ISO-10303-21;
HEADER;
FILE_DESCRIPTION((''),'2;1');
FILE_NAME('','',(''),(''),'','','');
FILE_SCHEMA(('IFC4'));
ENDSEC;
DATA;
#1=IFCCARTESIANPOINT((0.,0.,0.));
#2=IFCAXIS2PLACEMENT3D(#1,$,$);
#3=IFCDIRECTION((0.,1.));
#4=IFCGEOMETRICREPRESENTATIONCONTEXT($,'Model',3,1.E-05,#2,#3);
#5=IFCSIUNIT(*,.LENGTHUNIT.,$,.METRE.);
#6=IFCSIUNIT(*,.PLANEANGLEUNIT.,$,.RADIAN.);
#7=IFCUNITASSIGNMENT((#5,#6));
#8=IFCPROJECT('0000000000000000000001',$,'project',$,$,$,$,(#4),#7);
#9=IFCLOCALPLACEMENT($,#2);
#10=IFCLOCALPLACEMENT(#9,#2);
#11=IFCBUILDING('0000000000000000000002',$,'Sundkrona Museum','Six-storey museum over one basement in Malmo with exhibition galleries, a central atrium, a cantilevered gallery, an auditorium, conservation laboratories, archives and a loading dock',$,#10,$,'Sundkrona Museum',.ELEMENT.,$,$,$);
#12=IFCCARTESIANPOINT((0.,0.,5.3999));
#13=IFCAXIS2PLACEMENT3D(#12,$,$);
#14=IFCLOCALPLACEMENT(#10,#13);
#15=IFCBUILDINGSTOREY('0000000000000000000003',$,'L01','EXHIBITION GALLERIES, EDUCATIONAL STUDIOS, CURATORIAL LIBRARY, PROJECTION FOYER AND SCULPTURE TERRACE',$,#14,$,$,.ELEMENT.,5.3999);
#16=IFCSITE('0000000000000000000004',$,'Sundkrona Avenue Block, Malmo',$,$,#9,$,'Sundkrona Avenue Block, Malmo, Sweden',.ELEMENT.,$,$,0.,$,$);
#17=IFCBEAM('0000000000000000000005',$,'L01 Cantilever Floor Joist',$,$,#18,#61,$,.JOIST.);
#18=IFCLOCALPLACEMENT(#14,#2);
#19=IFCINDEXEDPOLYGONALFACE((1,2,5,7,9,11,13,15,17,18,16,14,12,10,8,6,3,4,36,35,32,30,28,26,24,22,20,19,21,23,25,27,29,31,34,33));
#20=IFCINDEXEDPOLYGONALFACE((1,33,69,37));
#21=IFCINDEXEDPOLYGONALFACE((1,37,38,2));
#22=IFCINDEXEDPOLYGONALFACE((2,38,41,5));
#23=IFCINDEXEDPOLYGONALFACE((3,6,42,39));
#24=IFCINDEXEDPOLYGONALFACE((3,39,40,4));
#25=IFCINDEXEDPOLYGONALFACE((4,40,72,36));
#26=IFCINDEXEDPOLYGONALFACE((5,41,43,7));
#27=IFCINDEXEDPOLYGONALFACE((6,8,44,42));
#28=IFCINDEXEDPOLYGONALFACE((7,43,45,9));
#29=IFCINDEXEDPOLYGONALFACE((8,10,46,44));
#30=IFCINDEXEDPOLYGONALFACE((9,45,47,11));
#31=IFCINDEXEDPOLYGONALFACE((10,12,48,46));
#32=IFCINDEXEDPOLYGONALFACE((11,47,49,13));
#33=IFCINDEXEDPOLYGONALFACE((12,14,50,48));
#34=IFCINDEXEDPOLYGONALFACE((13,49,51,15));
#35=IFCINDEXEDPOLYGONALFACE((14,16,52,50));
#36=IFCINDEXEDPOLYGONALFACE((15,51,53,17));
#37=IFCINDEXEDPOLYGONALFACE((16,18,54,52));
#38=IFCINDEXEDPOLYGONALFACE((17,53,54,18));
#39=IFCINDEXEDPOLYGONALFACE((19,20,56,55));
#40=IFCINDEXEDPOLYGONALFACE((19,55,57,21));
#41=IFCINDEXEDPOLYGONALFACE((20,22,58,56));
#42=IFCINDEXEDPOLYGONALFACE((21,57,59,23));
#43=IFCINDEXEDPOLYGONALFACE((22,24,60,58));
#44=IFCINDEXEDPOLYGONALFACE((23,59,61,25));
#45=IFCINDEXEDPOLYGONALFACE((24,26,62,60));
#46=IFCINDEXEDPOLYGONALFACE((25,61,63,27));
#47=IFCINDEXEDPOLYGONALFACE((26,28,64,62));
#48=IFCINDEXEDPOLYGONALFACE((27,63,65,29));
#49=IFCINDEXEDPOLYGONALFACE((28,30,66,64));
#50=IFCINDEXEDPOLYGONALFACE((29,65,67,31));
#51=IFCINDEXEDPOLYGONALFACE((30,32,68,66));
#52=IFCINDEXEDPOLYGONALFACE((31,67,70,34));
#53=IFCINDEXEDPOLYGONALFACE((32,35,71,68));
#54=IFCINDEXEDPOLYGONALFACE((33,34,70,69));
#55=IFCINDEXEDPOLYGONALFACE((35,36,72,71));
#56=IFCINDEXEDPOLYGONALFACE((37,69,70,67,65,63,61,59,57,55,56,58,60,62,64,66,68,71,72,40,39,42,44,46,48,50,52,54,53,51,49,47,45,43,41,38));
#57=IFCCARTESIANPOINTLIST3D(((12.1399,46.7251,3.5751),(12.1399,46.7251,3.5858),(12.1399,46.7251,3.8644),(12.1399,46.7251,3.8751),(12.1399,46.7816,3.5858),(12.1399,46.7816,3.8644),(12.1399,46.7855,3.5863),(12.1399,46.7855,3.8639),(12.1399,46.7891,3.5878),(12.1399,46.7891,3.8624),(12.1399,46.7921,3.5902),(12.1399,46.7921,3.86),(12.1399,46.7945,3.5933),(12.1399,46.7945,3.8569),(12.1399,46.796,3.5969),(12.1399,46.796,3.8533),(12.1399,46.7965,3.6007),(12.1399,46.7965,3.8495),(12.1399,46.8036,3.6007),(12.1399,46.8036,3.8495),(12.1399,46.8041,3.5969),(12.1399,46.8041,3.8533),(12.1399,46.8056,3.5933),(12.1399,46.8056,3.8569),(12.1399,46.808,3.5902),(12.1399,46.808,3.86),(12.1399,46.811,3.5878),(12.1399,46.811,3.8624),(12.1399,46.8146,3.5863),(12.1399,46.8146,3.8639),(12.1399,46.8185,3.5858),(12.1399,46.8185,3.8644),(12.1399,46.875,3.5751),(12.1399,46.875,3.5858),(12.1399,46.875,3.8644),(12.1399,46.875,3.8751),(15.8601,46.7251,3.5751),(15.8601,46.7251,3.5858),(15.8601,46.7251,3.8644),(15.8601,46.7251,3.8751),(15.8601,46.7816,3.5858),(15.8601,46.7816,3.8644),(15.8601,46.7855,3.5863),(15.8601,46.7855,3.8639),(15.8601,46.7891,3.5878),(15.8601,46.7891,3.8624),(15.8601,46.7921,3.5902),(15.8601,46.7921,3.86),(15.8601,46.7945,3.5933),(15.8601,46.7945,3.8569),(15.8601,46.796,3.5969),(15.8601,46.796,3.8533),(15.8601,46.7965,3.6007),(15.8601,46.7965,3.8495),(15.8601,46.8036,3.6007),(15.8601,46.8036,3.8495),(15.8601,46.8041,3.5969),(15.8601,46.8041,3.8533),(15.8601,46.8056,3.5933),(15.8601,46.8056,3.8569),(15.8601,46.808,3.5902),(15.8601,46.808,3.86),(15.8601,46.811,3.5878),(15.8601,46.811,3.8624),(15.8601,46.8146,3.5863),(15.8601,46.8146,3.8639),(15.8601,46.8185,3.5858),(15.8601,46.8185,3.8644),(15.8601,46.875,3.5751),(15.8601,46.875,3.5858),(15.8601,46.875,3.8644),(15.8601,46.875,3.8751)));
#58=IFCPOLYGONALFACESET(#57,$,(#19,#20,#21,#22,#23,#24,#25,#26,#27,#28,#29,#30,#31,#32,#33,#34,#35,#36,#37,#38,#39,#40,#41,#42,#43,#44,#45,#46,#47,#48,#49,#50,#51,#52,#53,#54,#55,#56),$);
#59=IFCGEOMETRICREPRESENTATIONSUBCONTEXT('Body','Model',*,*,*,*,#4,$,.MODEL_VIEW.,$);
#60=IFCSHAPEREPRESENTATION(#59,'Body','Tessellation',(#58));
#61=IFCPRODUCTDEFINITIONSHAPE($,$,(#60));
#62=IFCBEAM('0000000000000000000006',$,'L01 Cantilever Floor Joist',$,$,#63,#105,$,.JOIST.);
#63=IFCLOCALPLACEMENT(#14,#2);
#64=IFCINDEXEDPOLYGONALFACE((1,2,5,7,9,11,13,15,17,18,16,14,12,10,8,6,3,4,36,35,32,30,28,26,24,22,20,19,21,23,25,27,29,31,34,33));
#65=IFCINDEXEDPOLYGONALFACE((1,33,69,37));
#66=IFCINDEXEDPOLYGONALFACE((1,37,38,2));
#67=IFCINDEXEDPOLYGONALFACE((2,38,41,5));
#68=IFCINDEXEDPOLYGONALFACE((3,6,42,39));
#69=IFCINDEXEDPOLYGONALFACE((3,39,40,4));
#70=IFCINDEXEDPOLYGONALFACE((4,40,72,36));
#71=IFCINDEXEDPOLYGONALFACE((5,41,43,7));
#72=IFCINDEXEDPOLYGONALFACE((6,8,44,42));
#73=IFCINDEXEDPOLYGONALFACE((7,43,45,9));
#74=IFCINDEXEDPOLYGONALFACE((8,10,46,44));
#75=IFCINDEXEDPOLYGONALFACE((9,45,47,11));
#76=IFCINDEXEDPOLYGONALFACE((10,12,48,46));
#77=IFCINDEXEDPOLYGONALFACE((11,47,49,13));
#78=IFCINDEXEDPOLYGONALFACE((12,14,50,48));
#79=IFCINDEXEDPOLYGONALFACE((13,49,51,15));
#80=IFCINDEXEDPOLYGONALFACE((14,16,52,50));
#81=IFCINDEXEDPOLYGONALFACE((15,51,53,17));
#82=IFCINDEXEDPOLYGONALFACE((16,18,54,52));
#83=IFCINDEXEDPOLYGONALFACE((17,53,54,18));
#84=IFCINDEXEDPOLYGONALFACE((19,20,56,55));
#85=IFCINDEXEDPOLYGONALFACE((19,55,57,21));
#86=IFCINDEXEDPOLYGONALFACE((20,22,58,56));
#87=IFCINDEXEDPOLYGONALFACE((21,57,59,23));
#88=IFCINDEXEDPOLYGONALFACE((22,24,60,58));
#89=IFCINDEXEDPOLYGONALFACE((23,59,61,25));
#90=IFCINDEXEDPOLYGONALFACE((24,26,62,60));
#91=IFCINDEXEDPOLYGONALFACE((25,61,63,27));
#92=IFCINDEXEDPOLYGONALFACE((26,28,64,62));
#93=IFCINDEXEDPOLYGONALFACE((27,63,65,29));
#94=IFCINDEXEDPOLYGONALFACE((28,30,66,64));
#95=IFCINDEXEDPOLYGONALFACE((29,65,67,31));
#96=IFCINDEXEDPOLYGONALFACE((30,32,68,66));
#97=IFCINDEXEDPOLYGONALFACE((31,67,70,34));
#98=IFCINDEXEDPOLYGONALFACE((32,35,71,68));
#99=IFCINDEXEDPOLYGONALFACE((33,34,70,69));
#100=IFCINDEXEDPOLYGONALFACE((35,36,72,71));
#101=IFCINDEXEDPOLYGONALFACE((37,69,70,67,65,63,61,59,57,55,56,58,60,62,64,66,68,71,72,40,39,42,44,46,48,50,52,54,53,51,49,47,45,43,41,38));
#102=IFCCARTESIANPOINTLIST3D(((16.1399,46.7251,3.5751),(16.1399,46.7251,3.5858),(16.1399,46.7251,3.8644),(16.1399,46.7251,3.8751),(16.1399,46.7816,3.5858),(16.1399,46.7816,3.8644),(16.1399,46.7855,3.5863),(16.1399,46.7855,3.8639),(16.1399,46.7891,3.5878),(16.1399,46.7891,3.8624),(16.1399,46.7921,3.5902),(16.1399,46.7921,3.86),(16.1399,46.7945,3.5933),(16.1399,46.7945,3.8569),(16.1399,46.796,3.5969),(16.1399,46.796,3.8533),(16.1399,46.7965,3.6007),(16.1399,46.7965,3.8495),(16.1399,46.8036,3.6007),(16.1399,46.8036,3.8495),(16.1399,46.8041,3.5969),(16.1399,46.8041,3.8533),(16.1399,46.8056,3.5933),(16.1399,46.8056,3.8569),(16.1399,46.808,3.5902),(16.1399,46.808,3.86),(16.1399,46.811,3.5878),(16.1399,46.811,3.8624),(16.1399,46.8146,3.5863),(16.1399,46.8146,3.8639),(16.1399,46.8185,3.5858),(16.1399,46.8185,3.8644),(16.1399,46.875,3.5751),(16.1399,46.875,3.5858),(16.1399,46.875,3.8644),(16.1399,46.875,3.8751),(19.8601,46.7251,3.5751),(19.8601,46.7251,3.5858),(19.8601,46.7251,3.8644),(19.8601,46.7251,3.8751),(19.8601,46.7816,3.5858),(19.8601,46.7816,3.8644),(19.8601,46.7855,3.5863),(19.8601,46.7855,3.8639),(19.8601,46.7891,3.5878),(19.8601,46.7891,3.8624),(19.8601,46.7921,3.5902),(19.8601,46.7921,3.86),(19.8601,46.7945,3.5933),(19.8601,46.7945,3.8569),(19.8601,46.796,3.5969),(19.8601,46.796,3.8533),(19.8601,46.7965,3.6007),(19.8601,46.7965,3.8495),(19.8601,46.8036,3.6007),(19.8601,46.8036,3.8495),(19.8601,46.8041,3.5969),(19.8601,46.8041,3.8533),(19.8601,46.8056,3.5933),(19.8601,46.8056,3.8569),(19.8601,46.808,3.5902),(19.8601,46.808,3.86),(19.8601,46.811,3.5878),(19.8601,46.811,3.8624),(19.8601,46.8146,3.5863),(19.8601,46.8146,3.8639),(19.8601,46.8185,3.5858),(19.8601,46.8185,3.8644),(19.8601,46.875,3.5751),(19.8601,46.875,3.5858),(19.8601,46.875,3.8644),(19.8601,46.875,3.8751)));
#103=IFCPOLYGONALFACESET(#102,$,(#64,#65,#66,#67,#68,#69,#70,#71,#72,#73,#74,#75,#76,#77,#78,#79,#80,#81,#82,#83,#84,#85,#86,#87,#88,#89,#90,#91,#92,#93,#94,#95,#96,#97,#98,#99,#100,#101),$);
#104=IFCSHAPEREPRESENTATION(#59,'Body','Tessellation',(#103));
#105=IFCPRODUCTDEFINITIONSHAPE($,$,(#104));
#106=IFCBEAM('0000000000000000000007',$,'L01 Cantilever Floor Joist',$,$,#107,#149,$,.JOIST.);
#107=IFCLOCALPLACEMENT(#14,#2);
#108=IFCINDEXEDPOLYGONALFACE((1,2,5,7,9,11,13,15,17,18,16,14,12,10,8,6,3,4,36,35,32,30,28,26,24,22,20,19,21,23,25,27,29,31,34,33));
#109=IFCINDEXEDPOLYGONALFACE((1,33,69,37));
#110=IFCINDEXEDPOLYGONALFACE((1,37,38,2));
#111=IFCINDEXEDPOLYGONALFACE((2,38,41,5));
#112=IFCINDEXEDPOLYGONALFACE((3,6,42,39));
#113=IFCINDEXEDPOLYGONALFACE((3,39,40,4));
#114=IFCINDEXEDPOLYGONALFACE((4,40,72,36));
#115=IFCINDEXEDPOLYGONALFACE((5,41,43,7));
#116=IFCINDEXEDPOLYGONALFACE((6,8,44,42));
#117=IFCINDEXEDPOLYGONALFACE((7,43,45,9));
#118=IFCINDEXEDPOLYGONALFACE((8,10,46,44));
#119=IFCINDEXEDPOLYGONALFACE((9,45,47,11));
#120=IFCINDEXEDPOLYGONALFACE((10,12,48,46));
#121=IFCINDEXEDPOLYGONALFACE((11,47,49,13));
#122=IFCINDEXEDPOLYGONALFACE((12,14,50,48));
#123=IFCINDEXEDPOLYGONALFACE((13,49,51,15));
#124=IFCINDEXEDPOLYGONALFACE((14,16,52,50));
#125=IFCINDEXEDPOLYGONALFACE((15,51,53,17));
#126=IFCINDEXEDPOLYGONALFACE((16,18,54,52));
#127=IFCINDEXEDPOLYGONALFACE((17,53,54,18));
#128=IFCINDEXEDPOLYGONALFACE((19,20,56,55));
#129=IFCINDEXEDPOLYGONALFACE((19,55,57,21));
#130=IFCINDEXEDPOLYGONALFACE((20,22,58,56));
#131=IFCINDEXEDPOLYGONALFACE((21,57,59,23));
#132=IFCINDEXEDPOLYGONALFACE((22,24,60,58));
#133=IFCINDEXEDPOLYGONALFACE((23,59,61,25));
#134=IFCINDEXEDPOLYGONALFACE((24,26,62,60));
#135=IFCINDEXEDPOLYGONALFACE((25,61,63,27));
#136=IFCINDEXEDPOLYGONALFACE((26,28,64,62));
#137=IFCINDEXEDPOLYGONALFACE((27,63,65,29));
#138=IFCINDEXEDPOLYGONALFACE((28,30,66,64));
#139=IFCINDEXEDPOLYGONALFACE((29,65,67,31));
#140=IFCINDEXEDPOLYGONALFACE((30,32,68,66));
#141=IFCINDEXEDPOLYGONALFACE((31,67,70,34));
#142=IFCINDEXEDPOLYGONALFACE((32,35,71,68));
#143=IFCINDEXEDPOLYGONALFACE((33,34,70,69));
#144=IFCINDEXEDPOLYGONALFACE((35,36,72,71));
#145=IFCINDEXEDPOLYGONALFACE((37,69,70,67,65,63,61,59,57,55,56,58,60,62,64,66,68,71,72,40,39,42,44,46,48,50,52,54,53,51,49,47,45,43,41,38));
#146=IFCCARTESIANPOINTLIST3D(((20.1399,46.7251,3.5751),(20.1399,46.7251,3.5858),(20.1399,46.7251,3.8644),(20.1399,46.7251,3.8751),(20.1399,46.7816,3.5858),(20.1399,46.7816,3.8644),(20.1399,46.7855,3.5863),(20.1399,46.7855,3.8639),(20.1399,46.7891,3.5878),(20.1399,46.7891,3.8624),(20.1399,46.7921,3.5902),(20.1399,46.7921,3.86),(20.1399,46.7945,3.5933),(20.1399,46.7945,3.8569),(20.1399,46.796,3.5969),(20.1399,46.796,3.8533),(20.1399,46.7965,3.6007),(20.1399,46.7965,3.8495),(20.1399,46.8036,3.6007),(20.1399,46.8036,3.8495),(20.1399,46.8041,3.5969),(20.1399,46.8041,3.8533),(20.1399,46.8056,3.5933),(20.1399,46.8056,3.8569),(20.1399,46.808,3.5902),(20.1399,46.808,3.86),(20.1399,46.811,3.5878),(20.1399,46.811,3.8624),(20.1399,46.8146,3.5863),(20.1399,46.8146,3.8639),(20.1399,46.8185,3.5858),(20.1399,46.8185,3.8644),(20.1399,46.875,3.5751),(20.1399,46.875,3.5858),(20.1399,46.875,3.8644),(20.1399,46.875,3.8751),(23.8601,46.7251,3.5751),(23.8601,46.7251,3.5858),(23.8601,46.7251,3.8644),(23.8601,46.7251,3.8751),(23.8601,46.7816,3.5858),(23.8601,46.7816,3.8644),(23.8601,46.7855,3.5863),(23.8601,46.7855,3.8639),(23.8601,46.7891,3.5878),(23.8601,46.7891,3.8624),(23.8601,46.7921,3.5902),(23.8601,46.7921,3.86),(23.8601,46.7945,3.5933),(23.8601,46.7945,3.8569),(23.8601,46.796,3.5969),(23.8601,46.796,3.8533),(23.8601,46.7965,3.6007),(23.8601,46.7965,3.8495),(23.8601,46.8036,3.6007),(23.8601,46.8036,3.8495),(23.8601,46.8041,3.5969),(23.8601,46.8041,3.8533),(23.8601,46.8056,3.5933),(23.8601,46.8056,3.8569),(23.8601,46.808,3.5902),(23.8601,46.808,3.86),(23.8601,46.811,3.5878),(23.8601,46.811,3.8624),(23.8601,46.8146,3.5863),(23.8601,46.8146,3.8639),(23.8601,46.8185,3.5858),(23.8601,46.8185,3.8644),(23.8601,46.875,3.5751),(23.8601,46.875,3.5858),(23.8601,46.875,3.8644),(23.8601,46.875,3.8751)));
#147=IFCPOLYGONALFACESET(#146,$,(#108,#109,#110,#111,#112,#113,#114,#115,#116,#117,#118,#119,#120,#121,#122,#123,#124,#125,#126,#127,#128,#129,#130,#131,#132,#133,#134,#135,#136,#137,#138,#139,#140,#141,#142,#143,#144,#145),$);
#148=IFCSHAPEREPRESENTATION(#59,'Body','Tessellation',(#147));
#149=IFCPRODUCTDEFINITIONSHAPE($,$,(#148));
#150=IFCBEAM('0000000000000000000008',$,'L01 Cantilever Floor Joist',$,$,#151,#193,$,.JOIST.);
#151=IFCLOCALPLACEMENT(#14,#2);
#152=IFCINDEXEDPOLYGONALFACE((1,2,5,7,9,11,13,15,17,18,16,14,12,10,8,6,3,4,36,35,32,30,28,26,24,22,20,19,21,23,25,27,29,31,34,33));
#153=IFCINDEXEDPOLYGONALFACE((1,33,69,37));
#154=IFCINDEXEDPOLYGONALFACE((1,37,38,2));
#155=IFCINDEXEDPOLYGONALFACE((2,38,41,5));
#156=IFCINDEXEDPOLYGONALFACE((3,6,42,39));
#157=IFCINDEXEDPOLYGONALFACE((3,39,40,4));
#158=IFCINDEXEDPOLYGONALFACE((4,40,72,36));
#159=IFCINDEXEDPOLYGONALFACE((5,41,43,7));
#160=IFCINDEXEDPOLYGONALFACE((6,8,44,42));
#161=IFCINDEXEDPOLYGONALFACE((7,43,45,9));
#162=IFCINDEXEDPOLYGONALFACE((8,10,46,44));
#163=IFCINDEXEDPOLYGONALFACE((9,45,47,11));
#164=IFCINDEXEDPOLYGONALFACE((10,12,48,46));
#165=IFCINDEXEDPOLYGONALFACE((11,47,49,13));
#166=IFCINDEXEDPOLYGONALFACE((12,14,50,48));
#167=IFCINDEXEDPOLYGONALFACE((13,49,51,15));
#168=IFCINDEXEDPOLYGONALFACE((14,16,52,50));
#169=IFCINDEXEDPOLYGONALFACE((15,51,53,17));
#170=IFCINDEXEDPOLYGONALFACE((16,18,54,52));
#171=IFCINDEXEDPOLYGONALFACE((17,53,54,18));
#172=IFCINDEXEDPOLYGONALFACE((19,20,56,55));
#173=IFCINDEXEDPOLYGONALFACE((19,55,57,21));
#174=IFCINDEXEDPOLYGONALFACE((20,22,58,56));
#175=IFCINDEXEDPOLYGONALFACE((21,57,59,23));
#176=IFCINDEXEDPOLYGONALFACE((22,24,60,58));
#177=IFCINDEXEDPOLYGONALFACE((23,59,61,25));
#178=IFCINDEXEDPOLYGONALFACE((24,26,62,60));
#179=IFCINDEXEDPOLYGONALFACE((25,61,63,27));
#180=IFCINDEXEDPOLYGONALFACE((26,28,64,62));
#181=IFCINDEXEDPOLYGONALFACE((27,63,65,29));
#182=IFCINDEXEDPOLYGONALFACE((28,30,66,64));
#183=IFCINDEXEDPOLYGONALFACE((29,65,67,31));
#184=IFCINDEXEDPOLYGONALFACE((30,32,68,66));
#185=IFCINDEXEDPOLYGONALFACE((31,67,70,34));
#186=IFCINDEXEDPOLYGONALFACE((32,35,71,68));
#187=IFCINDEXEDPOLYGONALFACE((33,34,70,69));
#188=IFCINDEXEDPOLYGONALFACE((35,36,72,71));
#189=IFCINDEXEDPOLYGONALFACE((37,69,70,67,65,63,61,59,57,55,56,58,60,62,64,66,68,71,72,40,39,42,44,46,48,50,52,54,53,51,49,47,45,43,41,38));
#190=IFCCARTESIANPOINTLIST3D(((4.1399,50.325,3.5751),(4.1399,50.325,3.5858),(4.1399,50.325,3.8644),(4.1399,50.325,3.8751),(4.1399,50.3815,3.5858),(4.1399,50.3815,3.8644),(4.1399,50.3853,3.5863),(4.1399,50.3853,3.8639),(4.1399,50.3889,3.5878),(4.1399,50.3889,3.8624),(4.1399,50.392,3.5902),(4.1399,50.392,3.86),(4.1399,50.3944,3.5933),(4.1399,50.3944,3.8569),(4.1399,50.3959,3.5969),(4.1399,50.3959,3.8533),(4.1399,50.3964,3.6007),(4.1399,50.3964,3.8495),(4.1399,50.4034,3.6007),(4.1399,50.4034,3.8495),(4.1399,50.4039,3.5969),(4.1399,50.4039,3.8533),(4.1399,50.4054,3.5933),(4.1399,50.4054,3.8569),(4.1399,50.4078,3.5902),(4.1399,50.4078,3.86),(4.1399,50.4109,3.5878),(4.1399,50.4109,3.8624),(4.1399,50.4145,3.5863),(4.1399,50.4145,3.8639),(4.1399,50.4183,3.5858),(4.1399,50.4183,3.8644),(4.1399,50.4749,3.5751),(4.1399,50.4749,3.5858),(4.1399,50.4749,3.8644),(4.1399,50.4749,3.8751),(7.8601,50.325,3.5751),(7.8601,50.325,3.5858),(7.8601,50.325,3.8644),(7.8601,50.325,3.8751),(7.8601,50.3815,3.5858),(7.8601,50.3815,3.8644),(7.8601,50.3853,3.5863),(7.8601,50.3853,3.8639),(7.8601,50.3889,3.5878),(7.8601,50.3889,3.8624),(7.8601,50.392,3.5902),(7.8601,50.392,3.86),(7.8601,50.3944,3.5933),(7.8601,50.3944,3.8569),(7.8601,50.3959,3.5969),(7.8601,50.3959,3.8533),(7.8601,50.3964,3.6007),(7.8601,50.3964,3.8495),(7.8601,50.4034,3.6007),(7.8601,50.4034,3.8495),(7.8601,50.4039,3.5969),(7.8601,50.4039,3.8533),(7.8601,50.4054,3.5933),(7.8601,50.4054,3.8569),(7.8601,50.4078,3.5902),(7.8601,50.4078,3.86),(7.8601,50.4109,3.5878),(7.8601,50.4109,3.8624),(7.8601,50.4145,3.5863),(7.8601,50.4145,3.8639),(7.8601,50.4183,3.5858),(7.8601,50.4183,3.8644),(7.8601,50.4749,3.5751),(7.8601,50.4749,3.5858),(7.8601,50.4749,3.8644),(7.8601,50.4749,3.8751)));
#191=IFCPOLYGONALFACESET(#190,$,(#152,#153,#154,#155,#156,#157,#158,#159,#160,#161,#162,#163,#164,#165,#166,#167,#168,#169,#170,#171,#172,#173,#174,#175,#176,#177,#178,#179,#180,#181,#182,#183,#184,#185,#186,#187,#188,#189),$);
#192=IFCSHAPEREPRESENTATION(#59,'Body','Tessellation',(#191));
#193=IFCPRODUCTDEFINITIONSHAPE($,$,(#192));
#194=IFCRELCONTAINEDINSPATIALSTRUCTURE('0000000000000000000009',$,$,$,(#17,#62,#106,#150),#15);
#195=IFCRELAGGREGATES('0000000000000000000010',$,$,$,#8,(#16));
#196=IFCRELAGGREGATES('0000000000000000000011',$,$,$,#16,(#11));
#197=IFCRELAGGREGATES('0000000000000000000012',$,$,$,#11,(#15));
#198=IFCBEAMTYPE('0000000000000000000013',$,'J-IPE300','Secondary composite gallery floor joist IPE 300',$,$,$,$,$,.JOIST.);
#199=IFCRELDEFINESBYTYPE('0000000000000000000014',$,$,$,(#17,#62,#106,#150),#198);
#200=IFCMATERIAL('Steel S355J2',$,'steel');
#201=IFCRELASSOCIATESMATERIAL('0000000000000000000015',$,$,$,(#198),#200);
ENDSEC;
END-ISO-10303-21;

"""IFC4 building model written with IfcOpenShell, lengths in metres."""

from ifc_helpers import new_model, si_unit, direction, frame, origin, origin_2d, place, context, subcontext, project, spatial, i_section, extrude, material, material_profile, profile_set, type_object, element, save


model = new_model("IFC4")

# Units and contexts
model_context = context("Model", 3, precision=1e-05, world=origin(), true_north=direction((0.0, 1.0)))
body_context = subcontext(model_context, "Body", "Model", "MODEL_VIEW")
ifc_project = project(units=[si_unit("LENGTHUNIT", "METRE"), si_unit("PLANEANGLEUNIT", "RADIAN")], contexts=[model_context])

# Site, building, storey
site_placement = place(None, origin())
site = spatial("IfcSite", under=ifc_project, at=site_placement, Name="Sundkrona Avenue Block, Malmo", LongName="Sundkrona Avenue Block, Malmo, Sweden", CompositionType="ELEMENT", RefElevation=0.0)
building_placement = place(site_placement, origin())
building = spatial("IfcBuilding", under=site, at=building_placement, Name="Sundkrona Museum", Description="Six-storey museum over one basement in Malmo with exhibition galleries, a central atrium, a cantilevered gallery, an auditorium, conservation laboratories, archives and a loading dock", LongName="Sundkrona Museum", CompositionType="ELEMENT")
storey_placement = place(building_placement, frame((0.0, 0.0, 5.3999)))
storey = spatial("IfcBuildingStorey", under=building, at=storey_placement, Name="L01", Description="EXHIBITION GALLERIES, EDUCATIONAL STUDIOS, CURATORIAL LIBRARY, PROJECTION FOYER AND SCULPTURE TERRACE", CompositionType="ELEMENT", Elevation=5.3999)

# Shared definitions
ifc_material_1 = material(Name="Steel S355J2", Category="steel")

# Beams
ifc_material_profile_1 = material_profile(ifc_material_1, i_section(OverallWidth=0.1499, OverallDepth=0.3, WebThickness=0.0071, FlangeThickness=0.0107, FilletRadius=0.0149, at=origin_2d()), Name="IPE 300")
ifc_profile_set_1 = profile_set([ifc_material_profile_1], Name="Steel S355J2")
beam_type_1 = type_object("IfcBeamType", Name="J-IPE300", Description="Secondary composite gallery floor joist IPE 300", PredefinedType="JOIST", material=ifc_profile_set_1)
for number, where, z_axis, x_axis, name in (
    (1, (12.1399, 46.8, 3.7251), (1.0, 0.0, 0.0), (0.0, 1.0, 0.0), "L01 Cantilever Floor Joist"),
    (2, (16.1399, 46.8, 3.7251), (1.0, 0.0, 0.0), (0.0, 1.0, 0.0), "L01 Cantilever Floor Joist"),
    (3, (20.1399, 46.8, 3.7251), (1.0, 0.0, 0.0), (0.0, 1.0, 0.0), "L01 Cantilever Floor Joist"),
    (4, (4.1399, 50.3999, 3.7251), (1.0, 0.0, 0.0), (0.0, 1.0, 0.0), "L01 Cantilever Floor Joist"),
):
    element("IfcBeam", number, at=place(storey_placement, frame(where, z_axis=z_axis, x_axis=x_axis)), inside=storey, type_object=beam_type_1, Name=name, PredefinedType="JOIST", context=body_context, shape_type="SweptSolid", body=[
        extrude(i_section(OverallWidth=0.1499, OverallDepth=0.3, WebThickness=0.0071, FlangeThickness=0.0107, FilletRadius=0.0149, at=origin_2d()), origin(), (0.0, 0.0, 1.0), 3.7202),
    ])

save(model, "model.ifc")
